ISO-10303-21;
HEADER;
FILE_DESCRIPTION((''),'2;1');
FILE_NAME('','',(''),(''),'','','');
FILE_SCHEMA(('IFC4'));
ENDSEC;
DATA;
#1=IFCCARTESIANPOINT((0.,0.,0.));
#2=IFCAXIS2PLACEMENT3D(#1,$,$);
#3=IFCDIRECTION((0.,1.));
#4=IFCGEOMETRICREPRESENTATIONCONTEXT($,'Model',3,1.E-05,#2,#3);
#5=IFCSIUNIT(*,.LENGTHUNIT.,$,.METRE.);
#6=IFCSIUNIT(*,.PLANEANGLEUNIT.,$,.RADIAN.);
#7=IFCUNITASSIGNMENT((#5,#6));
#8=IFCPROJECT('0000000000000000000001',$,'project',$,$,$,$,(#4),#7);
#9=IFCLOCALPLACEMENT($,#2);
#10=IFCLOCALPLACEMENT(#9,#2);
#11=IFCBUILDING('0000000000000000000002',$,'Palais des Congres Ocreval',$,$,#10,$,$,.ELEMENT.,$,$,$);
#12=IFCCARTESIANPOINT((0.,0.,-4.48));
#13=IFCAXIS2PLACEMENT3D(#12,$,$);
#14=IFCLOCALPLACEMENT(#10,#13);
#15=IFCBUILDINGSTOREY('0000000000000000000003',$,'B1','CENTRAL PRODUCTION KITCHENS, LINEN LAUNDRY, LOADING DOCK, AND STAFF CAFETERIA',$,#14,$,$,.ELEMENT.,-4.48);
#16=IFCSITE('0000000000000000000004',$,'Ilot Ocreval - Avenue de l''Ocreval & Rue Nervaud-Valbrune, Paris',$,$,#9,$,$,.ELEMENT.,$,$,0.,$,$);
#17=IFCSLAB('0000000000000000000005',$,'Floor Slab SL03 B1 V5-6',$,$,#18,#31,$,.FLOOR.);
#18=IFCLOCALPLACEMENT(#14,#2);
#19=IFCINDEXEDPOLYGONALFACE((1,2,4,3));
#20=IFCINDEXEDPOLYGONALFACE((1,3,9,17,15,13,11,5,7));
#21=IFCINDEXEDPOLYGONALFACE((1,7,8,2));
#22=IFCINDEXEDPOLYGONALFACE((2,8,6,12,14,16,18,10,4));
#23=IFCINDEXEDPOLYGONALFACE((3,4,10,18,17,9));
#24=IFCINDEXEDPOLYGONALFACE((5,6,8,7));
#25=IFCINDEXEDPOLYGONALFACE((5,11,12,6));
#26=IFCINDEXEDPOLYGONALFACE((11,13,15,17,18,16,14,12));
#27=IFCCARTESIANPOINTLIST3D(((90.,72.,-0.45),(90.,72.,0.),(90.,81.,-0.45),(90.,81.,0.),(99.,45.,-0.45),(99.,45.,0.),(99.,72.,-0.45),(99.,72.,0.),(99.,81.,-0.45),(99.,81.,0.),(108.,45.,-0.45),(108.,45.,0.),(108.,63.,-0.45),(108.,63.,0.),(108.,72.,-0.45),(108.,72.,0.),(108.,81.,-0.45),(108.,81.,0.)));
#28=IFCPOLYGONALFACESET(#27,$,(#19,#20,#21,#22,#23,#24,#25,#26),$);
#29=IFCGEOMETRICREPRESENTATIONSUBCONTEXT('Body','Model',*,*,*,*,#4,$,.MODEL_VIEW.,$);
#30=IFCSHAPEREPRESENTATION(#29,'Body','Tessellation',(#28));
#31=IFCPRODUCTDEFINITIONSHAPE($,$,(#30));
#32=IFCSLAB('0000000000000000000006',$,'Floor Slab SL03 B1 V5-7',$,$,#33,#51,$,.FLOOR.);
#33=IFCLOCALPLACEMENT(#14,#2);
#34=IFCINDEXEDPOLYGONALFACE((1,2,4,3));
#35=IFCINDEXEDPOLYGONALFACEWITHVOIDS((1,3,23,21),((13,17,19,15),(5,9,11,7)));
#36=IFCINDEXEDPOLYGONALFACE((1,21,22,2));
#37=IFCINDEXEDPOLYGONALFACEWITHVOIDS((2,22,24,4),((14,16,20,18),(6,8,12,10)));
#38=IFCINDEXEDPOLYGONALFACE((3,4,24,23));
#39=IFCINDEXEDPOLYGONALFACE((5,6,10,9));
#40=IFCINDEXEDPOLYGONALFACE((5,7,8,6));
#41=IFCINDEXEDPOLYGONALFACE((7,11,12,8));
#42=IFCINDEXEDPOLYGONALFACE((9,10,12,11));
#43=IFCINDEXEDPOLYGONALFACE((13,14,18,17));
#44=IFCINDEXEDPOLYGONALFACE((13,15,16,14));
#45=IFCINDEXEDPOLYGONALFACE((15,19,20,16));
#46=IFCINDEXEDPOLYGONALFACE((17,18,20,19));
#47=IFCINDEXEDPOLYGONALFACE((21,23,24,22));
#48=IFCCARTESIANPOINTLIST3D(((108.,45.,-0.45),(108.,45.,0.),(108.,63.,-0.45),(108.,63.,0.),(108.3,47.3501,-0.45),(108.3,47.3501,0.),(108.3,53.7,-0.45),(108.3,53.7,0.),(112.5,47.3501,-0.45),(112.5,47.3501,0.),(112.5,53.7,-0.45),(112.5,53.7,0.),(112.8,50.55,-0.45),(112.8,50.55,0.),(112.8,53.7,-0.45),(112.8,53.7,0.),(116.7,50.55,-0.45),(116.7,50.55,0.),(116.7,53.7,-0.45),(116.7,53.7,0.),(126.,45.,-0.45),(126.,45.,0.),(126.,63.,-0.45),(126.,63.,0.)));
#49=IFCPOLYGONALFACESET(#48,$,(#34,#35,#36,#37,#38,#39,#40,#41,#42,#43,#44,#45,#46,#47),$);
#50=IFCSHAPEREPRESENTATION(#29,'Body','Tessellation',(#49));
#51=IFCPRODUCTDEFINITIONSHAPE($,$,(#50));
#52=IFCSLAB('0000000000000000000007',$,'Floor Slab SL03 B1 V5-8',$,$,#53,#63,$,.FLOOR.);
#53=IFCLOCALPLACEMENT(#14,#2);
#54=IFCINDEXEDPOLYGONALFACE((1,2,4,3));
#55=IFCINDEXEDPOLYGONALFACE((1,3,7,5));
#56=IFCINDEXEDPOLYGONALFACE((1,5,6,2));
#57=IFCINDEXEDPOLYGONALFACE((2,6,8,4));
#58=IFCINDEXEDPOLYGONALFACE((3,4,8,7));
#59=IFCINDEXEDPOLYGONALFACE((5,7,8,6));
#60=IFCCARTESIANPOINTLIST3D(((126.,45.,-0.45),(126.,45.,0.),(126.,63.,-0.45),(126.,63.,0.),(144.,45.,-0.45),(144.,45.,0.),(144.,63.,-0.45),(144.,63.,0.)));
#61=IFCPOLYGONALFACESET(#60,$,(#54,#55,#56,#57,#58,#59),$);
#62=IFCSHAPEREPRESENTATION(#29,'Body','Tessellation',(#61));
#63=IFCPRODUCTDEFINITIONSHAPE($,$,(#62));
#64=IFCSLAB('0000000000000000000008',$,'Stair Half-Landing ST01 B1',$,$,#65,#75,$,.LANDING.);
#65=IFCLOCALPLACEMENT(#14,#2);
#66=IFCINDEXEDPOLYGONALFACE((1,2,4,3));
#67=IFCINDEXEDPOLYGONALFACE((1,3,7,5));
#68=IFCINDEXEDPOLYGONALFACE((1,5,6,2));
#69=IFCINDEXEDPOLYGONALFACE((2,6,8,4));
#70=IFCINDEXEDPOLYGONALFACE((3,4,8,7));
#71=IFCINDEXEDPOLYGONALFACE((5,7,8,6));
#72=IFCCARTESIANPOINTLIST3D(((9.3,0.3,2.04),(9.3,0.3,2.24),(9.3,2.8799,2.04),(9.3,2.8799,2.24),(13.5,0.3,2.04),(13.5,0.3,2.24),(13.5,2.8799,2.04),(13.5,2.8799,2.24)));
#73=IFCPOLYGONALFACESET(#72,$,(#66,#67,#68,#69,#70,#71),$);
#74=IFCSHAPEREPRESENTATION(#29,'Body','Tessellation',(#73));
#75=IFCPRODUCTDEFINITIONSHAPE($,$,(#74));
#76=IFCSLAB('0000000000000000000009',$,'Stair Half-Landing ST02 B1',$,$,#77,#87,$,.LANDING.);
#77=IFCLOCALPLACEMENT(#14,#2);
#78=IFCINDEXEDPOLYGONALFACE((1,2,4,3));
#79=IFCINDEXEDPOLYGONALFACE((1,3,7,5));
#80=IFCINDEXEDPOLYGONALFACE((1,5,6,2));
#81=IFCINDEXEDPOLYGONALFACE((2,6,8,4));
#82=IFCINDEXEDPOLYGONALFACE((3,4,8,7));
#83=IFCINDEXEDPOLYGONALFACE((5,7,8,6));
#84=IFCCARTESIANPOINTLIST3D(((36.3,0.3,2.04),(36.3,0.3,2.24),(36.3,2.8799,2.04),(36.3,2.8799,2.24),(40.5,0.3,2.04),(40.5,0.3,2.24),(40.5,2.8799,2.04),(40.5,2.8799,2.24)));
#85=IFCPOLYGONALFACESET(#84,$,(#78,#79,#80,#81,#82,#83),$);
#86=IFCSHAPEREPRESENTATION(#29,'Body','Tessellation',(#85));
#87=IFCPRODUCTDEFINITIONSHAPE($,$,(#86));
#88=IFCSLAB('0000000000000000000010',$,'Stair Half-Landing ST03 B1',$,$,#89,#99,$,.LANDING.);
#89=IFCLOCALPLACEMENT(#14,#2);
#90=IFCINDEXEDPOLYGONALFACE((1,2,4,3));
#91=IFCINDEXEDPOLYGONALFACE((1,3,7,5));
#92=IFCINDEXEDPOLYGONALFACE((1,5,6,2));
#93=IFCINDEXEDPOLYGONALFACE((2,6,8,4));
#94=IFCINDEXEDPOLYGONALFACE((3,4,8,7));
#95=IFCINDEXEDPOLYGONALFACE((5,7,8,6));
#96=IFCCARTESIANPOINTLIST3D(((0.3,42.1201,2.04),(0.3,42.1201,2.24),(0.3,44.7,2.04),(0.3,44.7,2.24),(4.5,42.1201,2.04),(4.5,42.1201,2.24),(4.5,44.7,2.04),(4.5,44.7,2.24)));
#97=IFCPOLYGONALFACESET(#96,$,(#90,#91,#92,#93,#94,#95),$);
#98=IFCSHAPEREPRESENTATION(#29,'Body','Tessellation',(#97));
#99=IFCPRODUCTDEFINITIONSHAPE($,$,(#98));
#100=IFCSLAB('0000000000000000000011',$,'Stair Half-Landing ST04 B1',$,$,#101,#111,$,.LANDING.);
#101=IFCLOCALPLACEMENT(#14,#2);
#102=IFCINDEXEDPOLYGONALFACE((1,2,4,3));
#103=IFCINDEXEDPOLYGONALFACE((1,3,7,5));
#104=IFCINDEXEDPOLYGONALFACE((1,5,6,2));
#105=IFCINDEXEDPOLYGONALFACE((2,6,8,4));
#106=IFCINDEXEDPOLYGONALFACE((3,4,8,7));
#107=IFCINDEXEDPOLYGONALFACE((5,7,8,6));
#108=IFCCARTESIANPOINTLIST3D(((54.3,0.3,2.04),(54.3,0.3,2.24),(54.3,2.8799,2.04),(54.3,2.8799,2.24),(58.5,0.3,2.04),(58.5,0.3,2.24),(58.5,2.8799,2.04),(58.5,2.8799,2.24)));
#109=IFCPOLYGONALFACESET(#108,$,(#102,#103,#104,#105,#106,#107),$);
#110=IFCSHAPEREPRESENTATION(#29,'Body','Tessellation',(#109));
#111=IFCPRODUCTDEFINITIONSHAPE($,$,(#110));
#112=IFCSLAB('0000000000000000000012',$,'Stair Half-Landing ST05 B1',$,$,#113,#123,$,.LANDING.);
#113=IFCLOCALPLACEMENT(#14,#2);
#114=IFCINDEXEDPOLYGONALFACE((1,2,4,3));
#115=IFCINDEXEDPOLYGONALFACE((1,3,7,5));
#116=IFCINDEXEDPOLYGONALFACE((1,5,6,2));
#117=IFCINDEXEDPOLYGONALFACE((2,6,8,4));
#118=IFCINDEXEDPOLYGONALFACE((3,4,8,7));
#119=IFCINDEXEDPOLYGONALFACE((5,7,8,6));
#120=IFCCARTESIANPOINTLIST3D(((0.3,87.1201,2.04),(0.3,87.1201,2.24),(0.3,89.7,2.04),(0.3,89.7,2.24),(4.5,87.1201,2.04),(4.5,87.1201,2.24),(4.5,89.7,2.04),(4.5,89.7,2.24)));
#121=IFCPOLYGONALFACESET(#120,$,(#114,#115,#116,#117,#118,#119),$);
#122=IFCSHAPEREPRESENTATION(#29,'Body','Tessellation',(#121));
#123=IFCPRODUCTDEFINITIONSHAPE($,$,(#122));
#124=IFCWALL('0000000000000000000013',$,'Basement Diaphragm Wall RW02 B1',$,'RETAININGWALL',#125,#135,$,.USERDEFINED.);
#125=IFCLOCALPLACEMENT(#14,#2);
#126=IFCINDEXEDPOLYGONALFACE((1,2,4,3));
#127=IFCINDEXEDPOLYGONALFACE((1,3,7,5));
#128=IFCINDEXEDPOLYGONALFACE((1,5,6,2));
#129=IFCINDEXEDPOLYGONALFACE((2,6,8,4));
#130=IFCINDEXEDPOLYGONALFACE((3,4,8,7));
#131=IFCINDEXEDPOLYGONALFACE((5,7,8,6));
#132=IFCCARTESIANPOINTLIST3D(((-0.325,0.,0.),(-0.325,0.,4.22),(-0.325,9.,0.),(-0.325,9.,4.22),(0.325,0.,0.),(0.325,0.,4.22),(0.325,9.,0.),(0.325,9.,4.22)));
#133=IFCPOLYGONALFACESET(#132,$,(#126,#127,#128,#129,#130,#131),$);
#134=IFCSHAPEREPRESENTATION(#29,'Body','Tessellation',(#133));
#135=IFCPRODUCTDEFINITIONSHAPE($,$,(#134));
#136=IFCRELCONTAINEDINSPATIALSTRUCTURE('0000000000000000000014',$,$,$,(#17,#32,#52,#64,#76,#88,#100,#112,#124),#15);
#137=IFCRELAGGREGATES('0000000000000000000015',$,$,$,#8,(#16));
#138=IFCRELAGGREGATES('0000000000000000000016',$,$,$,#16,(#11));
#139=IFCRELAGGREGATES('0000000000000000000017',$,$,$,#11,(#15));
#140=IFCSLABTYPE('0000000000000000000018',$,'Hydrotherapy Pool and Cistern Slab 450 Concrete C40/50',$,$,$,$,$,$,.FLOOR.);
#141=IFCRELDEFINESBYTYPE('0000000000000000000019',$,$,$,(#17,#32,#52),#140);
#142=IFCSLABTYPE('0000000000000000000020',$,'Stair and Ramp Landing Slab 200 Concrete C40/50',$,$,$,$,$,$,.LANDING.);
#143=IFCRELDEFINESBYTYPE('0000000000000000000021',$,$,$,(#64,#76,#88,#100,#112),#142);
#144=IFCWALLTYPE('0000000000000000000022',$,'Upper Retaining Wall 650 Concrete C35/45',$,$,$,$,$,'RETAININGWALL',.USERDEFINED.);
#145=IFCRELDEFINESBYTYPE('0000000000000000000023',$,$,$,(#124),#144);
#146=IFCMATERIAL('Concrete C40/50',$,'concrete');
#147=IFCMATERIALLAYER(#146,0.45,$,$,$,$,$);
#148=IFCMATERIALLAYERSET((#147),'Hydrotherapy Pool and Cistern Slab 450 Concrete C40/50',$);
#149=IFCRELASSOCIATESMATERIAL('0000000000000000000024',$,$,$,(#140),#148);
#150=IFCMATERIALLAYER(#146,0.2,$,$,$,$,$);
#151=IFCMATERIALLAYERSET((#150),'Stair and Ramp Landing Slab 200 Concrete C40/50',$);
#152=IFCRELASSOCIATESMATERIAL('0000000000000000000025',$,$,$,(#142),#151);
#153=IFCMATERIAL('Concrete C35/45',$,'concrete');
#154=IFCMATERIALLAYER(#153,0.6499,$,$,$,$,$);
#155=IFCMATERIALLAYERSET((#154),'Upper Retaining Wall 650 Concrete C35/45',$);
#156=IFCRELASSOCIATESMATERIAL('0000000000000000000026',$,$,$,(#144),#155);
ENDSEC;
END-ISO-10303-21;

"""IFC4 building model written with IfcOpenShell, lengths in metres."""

from ifc_helpers import new_model, si_unit, direction, frame, frame_2d, origin, place, context, subcontext, project, spatial, polyline, rectangle, outline, extrude, material, layer, layer_set, type_object, element, save


model = new_model("IFC4")

# Units and contexts
model_context = context("Model", 3, precision=1e-05, world=origin(), true_north=direction((0.0, 1.0)))
body_context = subcontext(model_context, "Body", "Model", "MODEL_VIEW")
ifc_project = project(units=[si_unit("LENGTHUNIT", "METRE"), si_unit("PLANEANGLEUNIT", "RADIAN")], contexts=[model_context])

# Site, building, storey
site_placement = place(None, origin())
site = spatial("IfcSite", under=ifc_project, at=site_placement, Name="Ilot Ocreval - Avenue de l'Ocreval & Rue Nervaud-Valbrune, Paris", CompositionType="ELEMENT", RefElevation=0.0)
building_placement = place(site_placement, origin())
building = spatial("IfcBuilding", under=site, at=building_placement, Name="Palais des Congres Ocreval", CompositionType="ELEMENT")
storey_placement = place(building_placement, frame((0.0, 0.0, -4.48)))
storey = spatial("IfcBuildingStorey", under=building, at=storey_placement, Name="B1", Description="CENTRAL PRODUCTION KITCHENS, LINEN LAUNDRY, LOADING DOCK, AND STAFF CAFETERIA", CompositionType="ELEMENT", Elevation=-4.48)

# Shared definitions
ifc_material_1 = material(Name="Concrete C40/50", Category="concrete")

# Slabs
ifc_material_2 = material(Name="Concrete C35/45", Category="concrete")
ifc_layer_1 = layer(ifc_material_1, 0.45)
ifc_layer_set_1 = layer_set([ifc_layer_1], Name="Hydrotherapy Pool and Cistern Slab 450 Concrete C40/50")
slab_type_1 = type_object("IfcSlabType", Name="Hydrotherapy Pool and Cistern Slab 450 Concrete C40/50", PredefinedType="FLOOR", material=ifc_layer_set_1)
slab_1_placement = place(storey_placement, frame((0.0, 0.0, -0.45)))
element("IfcSlab", 1, at=slab_1_placement, inside=storey, type_object=slab_type_1, Name="Floor Slab SL03 B1 V5-6", PredefinedType="FLOOR", context=body_context, shape_type="SweptSolid", body=[
    extrude(outline(polyline([(99.0, 81.0), (108.0, 81.0), (108.0, 72.0), (108.0, 63.0), (108.0, 45.0), (99.0, 45.0), (99.0, 72.0), (90.0, 72.0), (90.0, 81.0), (99.0, 81.0)])), origin(), (0.0, 0.0, 1.0), 0.45),
])
slab_2_placement = place(storey_placement, frame((0.0, 0.0, -0.45)))
element("IfcSlab", 2, at=slab_2_placement, inside=storey, type_object=slab_type_1, Name="Floor Slab SL03 B1 V5-7", PredefinedType="FLOOR", context=body_context, shape_type="SweptSolid", body=[
    extrude(outline(polyline([(126.0, 63.0), (126.0, 45.0), (108.0, 45.0), (108.0, 63.0), (126.0, 63.0)]), holes=[polyline([(108.3, 53.7), (108.3, 47.3501), (112.5, 47.3501), (112.5, 53.7), (108.3, 53.7)]), polyline([(116.7, 53.7), (112.8, 53.7), (112.8, 50.55), (116.7, 50.55), (116.7, 53.7)])]), origin(), (0.0, 0.0, 1.0), 0.45),
])
slab_3_placement = place(storey_placement, frame((0.0, 0.0, -0.45)))
element("IfcSlab", 3, at=slab_3_placement, inside=storey, type_object=slab_type_1, Name="Floor Slab SL03 B1 V5-8", PredefinedType="FLOOR", context=body_context, shape_type="SweptSolid", body=[
    extrude(outline(polyline([(144.0, 63.0), (144.0, 45.0), (126.0, 45.0), (126.0, 63.0), (144.0, 63.0)])), origin(), (0.0, 0.0, 1.0), 0.45),
])
ifc_layer_2 = layer(ifc_material_1, 0.2)
ifc_layer_set_2 = layer_set([ifc_layer_2], Name="Stair and Ramp Landing Slab 200 Concrete C40/50")
slab_type_2 = type_object("IfcSlabType", Name="Stair and Ramp Landing Slab 200 Concrete C40/50", PredefinedType="LANDING", material=ifc_layer_set_2)
slab_4_placement = place(storey_placement, frame((0.0, 0.0, 2.04)))
element("IfcSlab", 4, at=slab_4_placement, inside=storey, type_object=slab_type_2, Name="Stair Half-Landing ST01 B1", PredefinedType="LANDING", context=body_context, shape_type="SweptSolid", body=[
    extrude(outline(polyline([(9.3, 0.3), (13.5, 0.3), (13.5, 2.8799), (9.3, 2.8799), (9.3, 0.3)])), origin(), (0.0, 0.0, 1.0), 0.2),
])
slab_5_placement = place(storey_placement, frame((0.0, 0.0, 2.04)))
element("IfcSlab", 5, at=slab_5_placement, inside=storey, type_object=slab_type_2, Name="Stair Half-Landing ST02 B1", PredefinedType="LANDING", context=body_context, shape_type="SweptSolid", body=[
    extrude(outline(polyline([(36.3, 0.3), (40.5, 0.3), (40.5, 2.8799), (36.3, 2.8799), (36.3, 0.3)])), origin(), (0.0, 0.0, 1.0), 0.2),
])
slab_6_placement = place(storey_placement, frame((0.0, 0.0, 2.04)))
element("IfcSlab", 6, at=slab_6_placement, inside=storey, type_object=slab_type_2, Name="Stair Half-Landing ST03 B1", PredefinedType="LANDING", context=body_context, shape_type="SweptSolid", body=[
    extrude(outline(polyline([(0.3, 42.1201), (4.5, 42.1201), (4.5, 44.7), (0.3, 44.7), (0.3, 42.1201)])), origin(), (0.0, 0.0, 1.0), 0.2),
])
slab_7_placement = place(storey_placement, frame((0.0, 0.0, 2.04)))
element("IfcSlab", 7, at=slab_7_placement, inside=storey, type_object=slab_type_2, Name="Stair Half-Landing ST04 B1", PredefinedType="LANDING", context=body_context, shape_type="SweptSolid", body=[
    extrude(outline(polyline([(54.3, 0.3), (58.5, 0.3), (58.5, 2.8799), (54.3, 2.8799), (54.3, 0.3)])), origin(), (0.0, 0.0, 1.0), 0.2),
])
slab_8_placement = place(storey_placement, frame((0.0, 0.0, 2.04)))
element("IfcSlab", 8, at=slab_8_placement, inside=storey, type_object=slab_type_2, Name="Stair Half-Landing ST05 B1", PredefinedType="LANDING", context=body_context, shape_type="SweptSolid", body=[
    extrude(outline(polyline([(0.3, 87.1201), (4.5, 87.1201), (4.5, 89.7), (0.3, 89.7), (0.3, 87.1201)])), origin(), (0.0, 0.0, 1.0), 0.2),
])

# Wall
ifc_layer_3 = layer(ifc_material_2, 0.6499)
ifc_layer_set_3 = layer_set([ifc_layer_3], Name="Upper Retaining Wall 650 Concrete C35/45")
wall_type = type_object("IfcWallType", Name="Upper Retaining Wall 650 Concrete C35/45", ElementType="RETAININGWALL", PredefinedType="USERDEFINED", material=ifc_layer_set_3)
wall_placement = place(storey_placement, frame((0.0, 0.0, 0.0), z_axis=(0.0, 0.0, 1.0), x_axis=(0.0, 1.0, 0.0)))
element("IfcWall", 9, at=wall_placement, inside=storey, type_object=wall_type, Name="Basement Diaphragm Wall RW02 B1", ObjectType="RETAININGWALL", PredefinedType="USERDEFINED", context=body_context, shape_type="SweptSolid", body=[
    extrude(rectangle(XDim=9.0, YDim=0.6499, at=frame_2d((4.5, 0.0))), origin(), (0.0, 0.0, 1.0), 4.22),
])

save(model, "model.ifc")
